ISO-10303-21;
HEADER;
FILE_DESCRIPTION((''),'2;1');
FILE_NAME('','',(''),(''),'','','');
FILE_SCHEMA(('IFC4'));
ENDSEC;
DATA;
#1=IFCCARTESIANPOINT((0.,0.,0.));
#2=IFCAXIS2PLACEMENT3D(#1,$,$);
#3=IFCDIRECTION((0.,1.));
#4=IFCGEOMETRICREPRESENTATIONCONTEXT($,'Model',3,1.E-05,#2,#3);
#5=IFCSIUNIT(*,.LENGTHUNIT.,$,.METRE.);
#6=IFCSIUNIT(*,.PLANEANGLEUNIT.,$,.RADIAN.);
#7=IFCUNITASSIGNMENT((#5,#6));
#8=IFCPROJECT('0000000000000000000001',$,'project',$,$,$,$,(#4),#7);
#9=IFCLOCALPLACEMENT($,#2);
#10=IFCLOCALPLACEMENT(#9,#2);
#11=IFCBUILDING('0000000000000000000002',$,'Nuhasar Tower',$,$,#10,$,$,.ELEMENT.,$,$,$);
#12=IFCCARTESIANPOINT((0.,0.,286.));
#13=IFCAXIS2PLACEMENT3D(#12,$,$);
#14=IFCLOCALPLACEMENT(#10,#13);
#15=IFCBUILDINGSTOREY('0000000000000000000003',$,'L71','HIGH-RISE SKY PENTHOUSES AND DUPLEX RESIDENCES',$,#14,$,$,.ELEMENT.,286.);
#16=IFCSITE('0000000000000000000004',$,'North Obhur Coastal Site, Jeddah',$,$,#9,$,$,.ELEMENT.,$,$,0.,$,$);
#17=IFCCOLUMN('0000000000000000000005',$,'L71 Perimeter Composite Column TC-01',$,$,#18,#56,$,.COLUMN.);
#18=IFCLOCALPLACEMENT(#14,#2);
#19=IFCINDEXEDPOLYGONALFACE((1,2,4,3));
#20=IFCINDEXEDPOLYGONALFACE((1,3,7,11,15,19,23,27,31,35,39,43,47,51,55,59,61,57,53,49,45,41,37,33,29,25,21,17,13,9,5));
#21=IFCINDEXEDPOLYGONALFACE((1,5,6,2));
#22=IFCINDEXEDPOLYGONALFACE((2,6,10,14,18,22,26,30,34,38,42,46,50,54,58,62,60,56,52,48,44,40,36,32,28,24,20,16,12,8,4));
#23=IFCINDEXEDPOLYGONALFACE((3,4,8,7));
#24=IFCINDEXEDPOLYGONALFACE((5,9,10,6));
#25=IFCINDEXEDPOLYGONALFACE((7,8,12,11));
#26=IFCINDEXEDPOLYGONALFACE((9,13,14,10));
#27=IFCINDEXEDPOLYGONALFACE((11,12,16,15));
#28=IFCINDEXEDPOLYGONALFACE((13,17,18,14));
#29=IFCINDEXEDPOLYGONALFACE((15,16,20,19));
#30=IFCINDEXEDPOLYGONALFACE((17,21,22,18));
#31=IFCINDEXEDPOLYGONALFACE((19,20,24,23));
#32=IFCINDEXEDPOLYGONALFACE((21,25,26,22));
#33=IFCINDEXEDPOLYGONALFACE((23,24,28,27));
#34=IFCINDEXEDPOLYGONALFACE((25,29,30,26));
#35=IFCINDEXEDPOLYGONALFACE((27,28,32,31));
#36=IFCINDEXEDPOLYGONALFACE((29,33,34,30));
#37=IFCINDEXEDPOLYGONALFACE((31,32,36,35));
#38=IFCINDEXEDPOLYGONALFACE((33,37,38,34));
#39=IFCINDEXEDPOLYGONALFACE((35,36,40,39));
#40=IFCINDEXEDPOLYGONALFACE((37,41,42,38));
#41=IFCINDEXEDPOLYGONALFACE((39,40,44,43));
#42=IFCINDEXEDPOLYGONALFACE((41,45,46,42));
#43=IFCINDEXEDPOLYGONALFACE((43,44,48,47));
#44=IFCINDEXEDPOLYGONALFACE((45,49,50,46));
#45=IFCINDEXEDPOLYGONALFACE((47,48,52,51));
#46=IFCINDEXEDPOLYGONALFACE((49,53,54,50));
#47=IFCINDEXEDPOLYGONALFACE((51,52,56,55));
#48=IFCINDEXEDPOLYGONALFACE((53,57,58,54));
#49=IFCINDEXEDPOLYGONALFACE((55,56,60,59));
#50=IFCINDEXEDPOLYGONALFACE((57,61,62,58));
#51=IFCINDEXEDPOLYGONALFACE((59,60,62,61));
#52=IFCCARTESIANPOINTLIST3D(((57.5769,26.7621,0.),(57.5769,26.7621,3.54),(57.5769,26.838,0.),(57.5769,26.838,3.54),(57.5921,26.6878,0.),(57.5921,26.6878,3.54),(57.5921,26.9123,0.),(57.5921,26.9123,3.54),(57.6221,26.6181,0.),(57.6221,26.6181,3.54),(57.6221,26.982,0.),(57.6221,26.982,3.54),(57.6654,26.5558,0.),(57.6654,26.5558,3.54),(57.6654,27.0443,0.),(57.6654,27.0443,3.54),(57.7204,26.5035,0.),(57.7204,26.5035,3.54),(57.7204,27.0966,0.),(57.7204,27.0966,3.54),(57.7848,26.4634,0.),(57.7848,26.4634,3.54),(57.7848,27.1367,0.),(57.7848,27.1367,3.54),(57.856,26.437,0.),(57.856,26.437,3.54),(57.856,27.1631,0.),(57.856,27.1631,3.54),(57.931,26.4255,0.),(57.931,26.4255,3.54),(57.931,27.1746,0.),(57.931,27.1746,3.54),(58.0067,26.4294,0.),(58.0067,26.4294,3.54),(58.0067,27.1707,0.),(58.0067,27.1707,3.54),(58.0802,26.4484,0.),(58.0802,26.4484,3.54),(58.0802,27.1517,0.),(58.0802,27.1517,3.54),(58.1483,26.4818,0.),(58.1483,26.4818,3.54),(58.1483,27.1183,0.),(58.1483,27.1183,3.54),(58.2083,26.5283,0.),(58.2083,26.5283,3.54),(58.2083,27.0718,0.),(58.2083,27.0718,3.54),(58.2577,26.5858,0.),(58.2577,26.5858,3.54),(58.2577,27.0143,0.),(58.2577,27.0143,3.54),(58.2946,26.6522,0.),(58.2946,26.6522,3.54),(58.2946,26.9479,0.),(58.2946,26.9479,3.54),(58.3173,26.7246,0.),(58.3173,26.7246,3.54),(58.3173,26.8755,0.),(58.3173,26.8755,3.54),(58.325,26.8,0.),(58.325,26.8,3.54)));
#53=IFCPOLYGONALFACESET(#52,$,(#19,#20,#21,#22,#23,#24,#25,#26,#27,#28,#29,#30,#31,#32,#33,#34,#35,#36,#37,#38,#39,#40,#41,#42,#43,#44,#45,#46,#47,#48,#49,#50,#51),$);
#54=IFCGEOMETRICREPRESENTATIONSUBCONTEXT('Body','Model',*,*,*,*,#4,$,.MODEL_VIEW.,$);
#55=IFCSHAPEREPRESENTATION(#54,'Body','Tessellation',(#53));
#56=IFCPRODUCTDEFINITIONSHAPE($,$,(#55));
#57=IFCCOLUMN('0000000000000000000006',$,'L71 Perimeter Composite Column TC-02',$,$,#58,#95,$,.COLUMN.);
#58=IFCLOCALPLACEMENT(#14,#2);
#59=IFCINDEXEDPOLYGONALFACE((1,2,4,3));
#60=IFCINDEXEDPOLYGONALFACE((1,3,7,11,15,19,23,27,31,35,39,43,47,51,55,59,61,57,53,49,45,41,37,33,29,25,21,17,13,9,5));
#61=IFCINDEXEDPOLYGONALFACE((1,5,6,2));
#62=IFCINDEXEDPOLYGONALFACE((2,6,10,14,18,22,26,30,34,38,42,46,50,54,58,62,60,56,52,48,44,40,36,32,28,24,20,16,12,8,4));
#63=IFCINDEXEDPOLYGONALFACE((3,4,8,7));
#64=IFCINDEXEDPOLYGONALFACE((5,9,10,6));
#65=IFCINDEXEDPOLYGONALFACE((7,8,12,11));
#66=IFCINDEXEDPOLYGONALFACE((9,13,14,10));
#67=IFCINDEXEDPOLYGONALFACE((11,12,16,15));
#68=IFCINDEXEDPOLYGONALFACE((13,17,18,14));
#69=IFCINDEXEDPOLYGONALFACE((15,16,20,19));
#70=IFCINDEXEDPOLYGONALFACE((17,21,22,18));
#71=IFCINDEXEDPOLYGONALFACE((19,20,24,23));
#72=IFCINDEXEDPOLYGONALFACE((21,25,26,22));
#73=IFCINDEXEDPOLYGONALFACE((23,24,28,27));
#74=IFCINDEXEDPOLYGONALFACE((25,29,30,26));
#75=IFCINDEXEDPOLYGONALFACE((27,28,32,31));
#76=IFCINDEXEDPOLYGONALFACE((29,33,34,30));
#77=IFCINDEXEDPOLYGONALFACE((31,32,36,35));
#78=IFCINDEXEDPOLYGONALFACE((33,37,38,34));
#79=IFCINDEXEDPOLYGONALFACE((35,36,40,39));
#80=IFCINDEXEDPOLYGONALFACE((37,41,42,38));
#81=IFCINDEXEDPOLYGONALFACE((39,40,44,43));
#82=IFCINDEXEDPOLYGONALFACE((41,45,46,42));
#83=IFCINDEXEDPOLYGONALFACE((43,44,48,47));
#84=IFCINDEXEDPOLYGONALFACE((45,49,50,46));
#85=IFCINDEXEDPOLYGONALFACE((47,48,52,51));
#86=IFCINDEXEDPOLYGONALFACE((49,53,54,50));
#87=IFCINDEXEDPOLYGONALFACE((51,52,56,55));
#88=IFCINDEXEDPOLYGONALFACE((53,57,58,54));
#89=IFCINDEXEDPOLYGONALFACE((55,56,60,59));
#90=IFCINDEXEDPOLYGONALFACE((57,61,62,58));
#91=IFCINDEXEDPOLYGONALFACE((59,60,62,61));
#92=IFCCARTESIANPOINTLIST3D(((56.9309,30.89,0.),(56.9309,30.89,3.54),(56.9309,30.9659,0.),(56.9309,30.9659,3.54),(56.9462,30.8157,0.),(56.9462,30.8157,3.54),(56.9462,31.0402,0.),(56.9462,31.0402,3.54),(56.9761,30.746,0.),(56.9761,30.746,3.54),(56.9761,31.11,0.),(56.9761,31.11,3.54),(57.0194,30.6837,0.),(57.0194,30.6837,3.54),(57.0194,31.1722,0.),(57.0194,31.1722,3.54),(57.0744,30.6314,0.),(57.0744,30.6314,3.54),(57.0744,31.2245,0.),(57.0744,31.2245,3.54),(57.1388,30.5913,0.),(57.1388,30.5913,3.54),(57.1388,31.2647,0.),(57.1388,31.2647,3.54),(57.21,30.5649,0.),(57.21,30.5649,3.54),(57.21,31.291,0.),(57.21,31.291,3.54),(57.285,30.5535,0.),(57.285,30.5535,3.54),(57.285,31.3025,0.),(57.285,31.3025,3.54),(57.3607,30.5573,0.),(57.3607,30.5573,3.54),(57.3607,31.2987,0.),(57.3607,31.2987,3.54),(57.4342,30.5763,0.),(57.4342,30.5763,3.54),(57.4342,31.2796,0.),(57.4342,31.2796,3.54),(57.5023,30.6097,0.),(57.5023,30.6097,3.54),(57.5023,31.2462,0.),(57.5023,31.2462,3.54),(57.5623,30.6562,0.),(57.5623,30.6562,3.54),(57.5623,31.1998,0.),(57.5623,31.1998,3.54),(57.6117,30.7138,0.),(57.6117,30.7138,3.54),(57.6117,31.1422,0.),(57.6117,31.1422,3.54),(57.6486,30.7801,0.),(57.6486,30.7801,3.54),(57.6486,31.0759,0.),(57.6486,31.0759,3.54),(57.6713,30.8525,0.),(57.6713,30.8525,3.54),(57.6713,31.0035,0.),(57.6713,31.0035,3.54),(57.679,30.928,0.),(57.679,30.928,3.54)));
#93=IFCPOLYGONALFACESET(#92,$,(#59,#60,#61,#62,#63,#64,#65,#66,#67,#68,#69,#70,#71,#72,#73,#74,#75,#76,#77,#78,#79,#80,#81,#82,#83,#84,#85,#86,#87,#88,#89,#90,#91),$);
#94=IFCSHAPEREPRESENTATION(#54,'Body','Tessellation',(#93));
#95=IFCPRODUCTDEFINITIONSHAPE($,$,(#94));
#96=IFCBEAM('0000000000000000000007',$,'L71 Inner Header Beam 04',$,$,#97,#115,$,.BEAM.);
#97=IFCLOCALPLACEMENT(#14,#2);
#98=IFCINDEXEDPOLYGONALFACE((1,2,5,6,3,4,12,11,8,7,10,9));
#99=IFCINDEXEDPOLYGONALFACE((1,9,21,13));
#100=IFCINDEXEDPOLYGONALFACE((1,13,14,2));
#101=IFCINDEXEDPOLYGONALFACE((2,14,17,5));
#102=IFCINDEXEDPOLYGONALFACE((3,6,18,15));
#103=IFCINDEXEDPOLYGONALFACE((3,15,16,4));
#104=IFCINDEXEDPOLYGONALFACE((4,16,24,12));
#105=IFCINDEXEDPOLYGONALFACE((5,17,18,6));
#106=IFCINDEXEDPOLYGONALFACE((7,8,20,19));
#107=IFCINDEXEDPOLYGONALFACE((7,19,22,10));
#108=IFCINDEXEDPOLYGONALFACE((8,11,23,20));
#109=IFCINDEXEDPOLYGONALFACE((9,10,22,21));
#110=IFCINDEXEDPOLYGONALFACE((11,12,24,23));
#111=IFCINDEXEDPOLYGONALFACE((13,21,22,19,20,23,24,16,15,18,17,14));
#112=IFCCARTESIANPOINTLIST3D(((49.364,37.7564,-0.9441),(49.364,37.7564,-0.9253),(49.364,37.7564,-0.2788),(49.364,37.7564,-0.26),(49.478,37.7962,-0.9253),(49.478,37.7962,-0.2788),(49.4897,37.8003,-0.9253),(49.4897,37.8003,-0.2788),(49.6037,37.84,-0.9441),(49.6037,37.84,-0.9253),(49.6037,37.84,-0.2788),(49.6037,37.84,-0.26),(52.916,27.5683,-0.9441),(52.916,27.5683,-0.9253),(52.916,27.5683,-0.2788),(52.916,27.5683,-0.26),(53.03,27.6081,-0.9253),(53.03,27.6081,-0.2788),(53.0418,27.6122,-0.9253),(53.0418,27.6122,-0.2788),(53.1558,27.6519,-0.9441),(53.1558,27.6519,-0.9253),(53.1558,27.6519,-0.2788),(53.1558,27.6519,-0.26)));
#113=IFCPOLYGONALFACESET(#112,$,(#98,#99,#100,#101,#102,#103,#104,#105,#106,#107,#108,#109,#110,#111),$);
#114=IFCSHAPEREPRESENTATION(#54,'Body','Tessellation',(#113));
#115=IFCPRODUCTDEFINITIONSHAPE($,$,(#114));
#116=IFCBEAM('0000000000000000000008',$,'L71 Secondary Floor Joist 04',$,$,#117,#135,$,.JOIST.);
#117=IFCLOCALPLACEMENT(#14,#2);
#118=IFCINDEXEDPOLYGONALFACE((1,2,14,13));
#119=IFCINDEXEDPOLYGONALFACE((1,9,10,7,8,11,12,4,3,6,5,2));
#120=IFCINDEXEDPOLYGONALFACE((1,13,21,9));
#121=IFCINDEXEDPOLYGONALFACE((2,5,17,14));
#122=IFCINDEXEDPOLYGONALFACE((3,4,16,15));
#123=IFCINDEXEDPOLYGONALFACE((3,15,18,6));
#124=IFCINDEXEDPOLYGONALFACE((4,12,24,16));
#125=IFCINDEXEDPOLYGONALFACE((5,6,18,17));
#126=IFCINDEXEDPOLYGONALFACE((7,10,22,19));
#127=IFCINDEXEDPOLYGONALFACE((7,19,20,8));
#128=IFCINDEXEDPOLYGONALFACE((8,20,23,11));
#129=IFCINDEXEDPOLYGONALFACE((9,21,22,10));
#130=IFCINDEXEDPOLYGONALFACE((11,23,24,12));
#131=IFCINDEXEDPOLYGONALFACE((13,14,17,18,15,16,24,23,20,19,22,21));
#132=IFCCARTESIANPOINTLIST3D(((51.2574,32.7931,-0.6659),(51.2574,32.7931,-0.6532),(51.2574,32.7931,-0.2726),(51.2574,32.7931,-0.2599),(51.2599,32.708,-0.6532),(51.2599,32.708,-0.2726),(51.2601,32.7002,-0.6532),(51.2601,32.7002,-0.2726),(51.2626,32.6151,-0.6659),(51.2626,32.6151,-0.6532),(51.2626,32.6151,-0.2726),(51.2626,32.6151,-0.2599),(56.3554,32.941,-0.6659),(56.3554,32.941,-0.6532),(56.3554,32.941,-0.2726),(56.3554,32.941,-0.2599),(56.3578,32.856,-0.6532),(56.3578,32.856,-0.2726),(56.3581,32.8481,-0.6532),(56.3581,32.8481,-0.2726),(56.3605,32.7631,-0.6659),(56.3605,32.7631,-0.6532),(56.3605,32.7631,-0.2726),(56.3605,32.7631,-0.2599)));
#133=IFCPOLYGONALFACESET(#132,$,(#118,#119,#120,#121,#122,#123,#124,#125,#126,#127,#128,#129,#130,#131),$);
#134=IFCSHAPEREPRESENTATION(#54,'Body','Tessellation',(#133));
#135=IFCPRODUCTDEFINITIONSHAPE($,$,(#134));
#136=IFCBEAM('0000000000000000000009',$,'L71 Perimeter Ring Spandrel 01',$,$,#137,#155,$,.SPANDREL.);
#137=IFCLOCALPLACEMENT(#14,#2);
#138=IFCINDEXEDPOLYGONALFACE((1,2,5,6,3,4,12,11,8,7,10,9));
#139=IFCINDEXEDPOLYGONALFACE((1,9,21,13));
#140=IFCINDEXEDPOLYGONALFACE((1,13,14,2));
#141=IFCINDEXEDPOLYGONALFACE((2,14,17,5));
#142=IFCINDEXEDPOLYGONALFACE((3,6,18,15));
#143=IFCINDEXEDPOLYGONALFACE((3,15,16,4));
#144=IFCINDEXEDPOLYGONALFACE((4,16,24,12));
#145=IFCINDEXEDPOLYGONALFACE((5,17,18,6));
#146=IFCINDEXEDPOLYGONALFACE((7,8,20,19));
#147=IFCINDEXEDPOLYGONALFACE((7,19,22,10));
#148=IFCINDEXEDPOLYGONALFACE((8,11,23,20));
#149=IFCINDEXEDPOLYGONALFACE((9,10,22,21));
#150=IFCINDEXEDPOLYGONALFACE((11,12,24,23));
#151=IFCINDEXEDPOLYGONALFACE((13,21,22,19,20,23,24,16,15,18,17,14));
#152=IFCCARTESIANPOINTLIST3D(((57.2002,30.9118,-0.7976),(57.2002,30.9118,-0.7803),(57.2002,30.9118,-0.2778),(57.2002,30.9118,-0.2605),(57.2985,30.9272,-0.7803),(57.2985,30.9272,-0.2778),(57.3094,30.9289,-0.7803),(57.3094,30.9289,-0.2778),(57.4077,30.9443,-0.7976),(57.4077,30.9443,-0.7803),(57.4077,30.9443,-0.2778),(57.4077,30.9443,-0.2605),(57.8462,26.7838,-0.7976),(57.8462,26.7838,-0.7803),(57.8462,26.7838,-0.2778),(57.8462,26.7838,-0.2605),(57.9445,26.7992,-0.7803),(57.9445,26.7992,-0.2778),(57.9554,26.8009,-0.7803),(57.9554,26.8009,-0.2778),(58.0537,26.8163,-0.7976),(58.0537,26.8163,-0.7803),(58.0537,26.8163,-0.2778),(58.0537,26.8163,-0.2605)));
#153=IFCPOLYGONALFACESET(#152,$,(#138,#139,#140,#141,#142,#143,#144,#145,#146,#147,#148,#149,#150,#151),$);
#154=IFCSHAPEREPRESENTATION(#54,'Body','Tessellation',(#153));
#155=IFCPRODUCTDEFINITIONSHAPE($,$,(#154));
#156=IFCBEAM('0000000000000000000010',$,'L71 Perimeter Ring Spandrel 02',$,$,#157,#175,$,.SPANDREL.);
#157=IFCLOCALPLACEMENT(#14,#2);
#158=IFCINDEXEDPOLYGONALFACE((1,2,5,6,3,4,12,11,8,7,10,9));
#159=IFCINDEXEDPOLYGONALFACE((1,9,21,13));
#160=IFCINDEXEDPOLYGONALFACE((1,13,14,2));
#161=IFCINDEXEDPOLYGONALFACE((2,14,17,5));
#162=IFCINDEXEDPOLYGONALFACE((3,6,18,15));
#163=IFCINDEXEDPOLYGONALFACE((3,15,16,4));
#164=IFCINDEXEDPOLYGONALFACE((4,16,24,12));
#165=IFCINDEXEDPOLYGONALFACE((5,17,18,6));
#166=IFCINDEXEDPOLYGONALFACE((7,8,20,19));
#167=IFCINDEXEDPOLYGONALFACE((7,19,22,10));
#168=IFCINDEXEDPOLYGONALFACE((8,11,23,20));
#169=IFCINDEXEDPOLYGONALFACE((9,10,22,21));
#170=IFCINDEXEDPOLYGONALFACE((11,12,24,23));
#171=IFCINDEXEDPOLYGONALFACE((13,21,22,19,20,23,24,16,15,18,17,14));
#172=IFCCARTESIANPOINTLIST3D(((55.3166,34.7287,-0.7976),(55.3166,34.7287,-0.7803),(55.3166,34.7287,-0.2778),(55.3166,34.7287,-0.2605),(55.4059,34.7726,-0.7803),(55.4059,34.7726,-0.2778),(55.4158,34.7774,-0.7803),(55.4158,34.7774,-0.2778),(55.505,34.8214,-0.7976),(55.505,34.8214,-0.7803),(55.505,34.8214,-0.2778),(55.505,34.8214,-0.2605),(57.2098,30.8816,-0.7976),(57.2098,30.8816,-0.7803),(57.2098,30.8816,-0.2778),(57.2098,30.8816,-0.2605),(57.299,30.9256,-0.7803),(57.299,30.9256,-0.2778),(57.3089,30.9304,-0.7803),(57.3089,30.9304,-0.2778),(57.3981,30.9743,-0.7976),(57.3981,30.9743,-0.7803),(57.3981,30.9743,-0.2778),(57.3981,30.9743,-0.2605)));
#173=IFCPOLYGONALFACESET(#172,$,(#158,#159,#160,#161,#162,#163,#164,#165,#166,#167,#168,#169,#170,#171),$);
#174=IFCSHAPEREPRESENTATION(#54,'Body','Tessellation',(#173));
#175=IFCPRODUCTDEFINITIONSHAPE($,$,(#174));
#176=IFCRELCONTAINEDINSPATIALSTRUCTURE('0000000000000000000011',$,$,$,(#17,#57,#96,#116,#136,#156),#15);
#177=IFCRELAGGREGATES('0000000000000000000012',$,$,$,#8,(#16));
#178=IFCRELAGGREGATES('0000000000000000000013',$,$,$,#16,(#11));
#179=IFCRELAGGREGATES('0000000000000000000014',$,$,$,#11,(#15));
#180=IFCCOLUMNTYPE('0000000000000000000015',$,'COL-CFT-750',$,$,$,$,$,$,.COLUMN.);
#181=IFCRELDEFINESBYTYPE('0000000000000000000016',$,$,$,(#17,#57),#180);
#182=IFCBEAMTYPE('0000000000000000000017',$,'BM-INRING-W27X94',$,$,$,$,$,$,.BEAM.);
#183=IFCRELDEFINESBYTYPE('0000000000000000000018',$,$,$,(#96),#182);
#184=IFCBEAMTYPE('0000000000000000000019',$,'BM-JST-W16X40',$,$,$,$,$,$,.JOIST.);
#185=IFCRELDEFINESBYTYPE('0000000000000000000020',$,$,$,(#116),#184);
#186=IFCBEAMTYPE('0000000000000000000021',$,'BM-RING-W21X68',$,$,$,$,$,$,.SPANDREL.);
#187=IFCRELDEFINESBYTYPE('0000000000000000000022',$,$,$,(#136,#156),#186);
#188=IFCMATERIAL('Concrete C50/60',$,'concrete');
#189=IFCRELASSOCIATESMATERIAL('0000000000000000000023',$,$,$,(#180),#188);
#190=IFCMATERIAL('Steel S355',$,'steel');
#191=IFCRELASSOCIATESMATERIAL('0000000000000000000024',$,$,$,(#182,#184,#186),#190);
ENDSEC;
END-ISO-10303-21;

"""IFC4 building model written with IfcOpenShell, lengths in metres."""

from ifc_helpers import new_model, si_unit, direction, frame, origin, origin_2d, place, context, subcontext, project, spatial, circle, i_section, extrude, material, material_profile, profile_set, type_object, element, save


model = new_model("IFC4")

# Units and contexts
model_context = context("Model", 3, precision=1e-05, world=origin(), true_north=direction((0.0, 1.0)))
body_context = subcontext(model_context, "Body", "Model", "MODEL_VIEW")
ifc_project = project(units=[si_unit("LENGTHUNIT", "METRE"), si_unit("PLANEANGLEUNIT", "RADIAN")], contexts=[model_context])

# Site, building, storey
site_placement = place(None, origin())
site = spatial("IfcSite", under=ifc_project, at=site_placement, Name="North Obhur Coastal Site, Jeddah", CompositionType="ELEMENT", RefElevation=0.0)
building_placement = place(site_placement, origin())
building = spatial("IfcBuilding", under=site, at=building_placement, Name="Nuhasar Tower", CompositionType="ELEMENT")
storey_placement = place(building_placement, frame((0.0, 0.0, 286.0)))
storey = spatial("IfcBuildingStorey", under=building, at=storey_placement, Name="L71", Description="HIGH-RISE SKY PENTHOUSES AND DUPLEX RESIDENCES", CompositionType="ELEMENT", Elevation=286.0)

# Columns
ifc_material_1 = material(Name="Concrete C50/60", Category="concrete")
ifc_material_profile_1 = material_profile(ifc_material_1, circle(Radius=0.375, at=origin_2d()), Name="CFT750")
ifc_profile_set_1 = profile_set([ifc_material_profile_1], Name="Concrete C50/60")
column_type = type_object("IfcColumnType", Name="COL-CFT-750", PredefinedType="COLUMN", material=ifc_profile_set_1)
for number, where, z_axis, x_axis, name in (
    (1, (57.95, 26.8, 0.0), (0.0, 0.0, 1.0), (1.0, 0.0, 0.0), "L71 Perimeter Composite Column TC-01"),
    (2, (57.304, 30.928, 0.0), (0.0, 0.0, 1.0), (1.0, 0.0, 0.0), "L71 Perimeter Composite Column TC-02"),
):
    element("IfcColumn", number, at=place(storey_placement, frame(where, z_axis=z_axis, x_axis=x_axis)), inside=storey, type_object=column_type, Name=name, PredefinedType="COLUMN", context=body_context, shape_type="SweptSolid", body=[
        extrude(circle(Radius=0.375, at=origin_2d()), origin(), (0.0, 0.0, 1.0), 3.54),
    ])

# Beams
ifc_material_2 = material(Name="Steel S355", Category="steel")
ifc_material_profile_2 = material_profile(ifc_material_2, i_section(OverallWidth=0.2539, OverallDepth=0.6841, WebThickness=0.0125, FlangeThickness=0.0188, at=origin_2d()), Name="W27X94")
ifc_profile_set_2 = profile_set([ifc_material_profile_2], Name="Steel S355")
beam_type_1 = type_object("IfcBeamType", Name="BM-INRING-W27X94", PredefinedType="BEAM", material=ifc_profile_set_2)
beam_1_placement = place(storey_placement, frame((53.0359, 27.6101, -0.6021), z_axis=(-0.329211, 0.944256, 0.0), x_axis=(-0.944256, -0.329211, 0.0)))
element("IfcBeam", 3, at=beam_1_placement, inside=storey, type_object=beam_type_1, Name="L71 Inner Header Beam 04", PredefinedType="BEAM", context=body_context, shape_type="SweptSolid", body=[
    extrude(i_section(OverallWidth=0.2539, OverallDepth=0.6841, WebThickness=0.0125, FlangeThickness=0.0188, at=origin_2d()), origin(), (0.0, 0.0, 1.0), 10.7896),
])
ifc_material_profile_3 = material_profile(ifc_material_2, i_section(OverallWidth=0.178, OverallDepth=0.406, WebThickness=0.0078, FlangeThickness=0.0127, at=origin_2d()), Name="W16X40")
ifc_profile_set_3 = profile_set([ifc_material_profile_3], Name="Steel S355")
beam_type_2 = type_object("IfcBeamType", Name="BM-JST-W16X40", PredefinedType="JOIST", material=ifc_profile_set_3)
beam_2_placement = place(storey_placement, frame((51.26, 32.7041, -0.4629), z_axis=(0.999579, 0.029009, 0.0), x_axis=(-0.029009, 0.999579, 0.0)))
element("IfcBeam", 4, at=beam_2_placement, inside=storey, type_object=beam_type_2, Name="L71 Secondary Floor Joist 04", PredefinedType="JOIST", context=body_context, shape_type="SweptSolid", body=[
    extrude(i_section(OverallWidth=0.178, OverallDepth=0.406, WebThickness=0.0078, FlangeThickness=0.0127, at=origin_2d()), origin(), (0.0, 0.0, 1.0), 5.1001),
])
ifc_material_profile_4 = material_profile(ifc_material_2, i_section(OverallWidth=0.21, OverallDepth=0.5371, WebThickness=0.011, FlangeThickness=0.0173, at=origin_2d()), Name="W21X68")
ifc_profile_set_4 = profile_set([ifc_material_profile_4], Name="Steel S355")
beam_type_3 = type_object("IfcBeamType", Name="BM-RING-W21X68", PredefinedType="SPANDREL", material=ifc_profile_set_4)
beam_3_placement = place(storey_placement, frame((57.95, 26.8, -0.5291), z_axis=(-0.154612, 0.987975, 0.0), x_axis=(-0.987975, -0.154612, 0.0)))
element("IfcBeam", 5, at=beam_3_placement, inside=storey, type_object=beam_type_3, Name="L71 Perimeter Ring Spandrel 01", PredefinedType="SPANDREL", context=body_context, shape_type="SweptSolid", body=[
    extrude(i_section(OverallWidth=0.21, OverallDepth=0.5371, WebThickness=0.011, FlangeThickness=0.0173, at=origin_2d()), origin(), (0.0, 0.0, 1.0), 4.1782),
])
beam_4_placement = place(storey_placement, frame((57.304, 30.928, -0.5291), z_axis=(-0.441533, 0.897245, 0.0), x_axis=(-0.897245, -0.441533, 0.0)))
element("IfcBeam", 6, at=beam_4_placement, inside=storey, type_object=beam_type_3, Name="L71 Perimeter Ring Spandrel 02", PredefinedType="SPANDREL", context=body_context, shape_type="SweptSolid", body=[
    extrude(i_section(OverallWidth=0.21, OverallDepth=0.5371, WebThickness=0.011, FlangeThickness=0.0173, at=origin_2d()), origin(), (0.0, 0.0, 1.0), 4.2876),
])

save(model, "model.ifc")
